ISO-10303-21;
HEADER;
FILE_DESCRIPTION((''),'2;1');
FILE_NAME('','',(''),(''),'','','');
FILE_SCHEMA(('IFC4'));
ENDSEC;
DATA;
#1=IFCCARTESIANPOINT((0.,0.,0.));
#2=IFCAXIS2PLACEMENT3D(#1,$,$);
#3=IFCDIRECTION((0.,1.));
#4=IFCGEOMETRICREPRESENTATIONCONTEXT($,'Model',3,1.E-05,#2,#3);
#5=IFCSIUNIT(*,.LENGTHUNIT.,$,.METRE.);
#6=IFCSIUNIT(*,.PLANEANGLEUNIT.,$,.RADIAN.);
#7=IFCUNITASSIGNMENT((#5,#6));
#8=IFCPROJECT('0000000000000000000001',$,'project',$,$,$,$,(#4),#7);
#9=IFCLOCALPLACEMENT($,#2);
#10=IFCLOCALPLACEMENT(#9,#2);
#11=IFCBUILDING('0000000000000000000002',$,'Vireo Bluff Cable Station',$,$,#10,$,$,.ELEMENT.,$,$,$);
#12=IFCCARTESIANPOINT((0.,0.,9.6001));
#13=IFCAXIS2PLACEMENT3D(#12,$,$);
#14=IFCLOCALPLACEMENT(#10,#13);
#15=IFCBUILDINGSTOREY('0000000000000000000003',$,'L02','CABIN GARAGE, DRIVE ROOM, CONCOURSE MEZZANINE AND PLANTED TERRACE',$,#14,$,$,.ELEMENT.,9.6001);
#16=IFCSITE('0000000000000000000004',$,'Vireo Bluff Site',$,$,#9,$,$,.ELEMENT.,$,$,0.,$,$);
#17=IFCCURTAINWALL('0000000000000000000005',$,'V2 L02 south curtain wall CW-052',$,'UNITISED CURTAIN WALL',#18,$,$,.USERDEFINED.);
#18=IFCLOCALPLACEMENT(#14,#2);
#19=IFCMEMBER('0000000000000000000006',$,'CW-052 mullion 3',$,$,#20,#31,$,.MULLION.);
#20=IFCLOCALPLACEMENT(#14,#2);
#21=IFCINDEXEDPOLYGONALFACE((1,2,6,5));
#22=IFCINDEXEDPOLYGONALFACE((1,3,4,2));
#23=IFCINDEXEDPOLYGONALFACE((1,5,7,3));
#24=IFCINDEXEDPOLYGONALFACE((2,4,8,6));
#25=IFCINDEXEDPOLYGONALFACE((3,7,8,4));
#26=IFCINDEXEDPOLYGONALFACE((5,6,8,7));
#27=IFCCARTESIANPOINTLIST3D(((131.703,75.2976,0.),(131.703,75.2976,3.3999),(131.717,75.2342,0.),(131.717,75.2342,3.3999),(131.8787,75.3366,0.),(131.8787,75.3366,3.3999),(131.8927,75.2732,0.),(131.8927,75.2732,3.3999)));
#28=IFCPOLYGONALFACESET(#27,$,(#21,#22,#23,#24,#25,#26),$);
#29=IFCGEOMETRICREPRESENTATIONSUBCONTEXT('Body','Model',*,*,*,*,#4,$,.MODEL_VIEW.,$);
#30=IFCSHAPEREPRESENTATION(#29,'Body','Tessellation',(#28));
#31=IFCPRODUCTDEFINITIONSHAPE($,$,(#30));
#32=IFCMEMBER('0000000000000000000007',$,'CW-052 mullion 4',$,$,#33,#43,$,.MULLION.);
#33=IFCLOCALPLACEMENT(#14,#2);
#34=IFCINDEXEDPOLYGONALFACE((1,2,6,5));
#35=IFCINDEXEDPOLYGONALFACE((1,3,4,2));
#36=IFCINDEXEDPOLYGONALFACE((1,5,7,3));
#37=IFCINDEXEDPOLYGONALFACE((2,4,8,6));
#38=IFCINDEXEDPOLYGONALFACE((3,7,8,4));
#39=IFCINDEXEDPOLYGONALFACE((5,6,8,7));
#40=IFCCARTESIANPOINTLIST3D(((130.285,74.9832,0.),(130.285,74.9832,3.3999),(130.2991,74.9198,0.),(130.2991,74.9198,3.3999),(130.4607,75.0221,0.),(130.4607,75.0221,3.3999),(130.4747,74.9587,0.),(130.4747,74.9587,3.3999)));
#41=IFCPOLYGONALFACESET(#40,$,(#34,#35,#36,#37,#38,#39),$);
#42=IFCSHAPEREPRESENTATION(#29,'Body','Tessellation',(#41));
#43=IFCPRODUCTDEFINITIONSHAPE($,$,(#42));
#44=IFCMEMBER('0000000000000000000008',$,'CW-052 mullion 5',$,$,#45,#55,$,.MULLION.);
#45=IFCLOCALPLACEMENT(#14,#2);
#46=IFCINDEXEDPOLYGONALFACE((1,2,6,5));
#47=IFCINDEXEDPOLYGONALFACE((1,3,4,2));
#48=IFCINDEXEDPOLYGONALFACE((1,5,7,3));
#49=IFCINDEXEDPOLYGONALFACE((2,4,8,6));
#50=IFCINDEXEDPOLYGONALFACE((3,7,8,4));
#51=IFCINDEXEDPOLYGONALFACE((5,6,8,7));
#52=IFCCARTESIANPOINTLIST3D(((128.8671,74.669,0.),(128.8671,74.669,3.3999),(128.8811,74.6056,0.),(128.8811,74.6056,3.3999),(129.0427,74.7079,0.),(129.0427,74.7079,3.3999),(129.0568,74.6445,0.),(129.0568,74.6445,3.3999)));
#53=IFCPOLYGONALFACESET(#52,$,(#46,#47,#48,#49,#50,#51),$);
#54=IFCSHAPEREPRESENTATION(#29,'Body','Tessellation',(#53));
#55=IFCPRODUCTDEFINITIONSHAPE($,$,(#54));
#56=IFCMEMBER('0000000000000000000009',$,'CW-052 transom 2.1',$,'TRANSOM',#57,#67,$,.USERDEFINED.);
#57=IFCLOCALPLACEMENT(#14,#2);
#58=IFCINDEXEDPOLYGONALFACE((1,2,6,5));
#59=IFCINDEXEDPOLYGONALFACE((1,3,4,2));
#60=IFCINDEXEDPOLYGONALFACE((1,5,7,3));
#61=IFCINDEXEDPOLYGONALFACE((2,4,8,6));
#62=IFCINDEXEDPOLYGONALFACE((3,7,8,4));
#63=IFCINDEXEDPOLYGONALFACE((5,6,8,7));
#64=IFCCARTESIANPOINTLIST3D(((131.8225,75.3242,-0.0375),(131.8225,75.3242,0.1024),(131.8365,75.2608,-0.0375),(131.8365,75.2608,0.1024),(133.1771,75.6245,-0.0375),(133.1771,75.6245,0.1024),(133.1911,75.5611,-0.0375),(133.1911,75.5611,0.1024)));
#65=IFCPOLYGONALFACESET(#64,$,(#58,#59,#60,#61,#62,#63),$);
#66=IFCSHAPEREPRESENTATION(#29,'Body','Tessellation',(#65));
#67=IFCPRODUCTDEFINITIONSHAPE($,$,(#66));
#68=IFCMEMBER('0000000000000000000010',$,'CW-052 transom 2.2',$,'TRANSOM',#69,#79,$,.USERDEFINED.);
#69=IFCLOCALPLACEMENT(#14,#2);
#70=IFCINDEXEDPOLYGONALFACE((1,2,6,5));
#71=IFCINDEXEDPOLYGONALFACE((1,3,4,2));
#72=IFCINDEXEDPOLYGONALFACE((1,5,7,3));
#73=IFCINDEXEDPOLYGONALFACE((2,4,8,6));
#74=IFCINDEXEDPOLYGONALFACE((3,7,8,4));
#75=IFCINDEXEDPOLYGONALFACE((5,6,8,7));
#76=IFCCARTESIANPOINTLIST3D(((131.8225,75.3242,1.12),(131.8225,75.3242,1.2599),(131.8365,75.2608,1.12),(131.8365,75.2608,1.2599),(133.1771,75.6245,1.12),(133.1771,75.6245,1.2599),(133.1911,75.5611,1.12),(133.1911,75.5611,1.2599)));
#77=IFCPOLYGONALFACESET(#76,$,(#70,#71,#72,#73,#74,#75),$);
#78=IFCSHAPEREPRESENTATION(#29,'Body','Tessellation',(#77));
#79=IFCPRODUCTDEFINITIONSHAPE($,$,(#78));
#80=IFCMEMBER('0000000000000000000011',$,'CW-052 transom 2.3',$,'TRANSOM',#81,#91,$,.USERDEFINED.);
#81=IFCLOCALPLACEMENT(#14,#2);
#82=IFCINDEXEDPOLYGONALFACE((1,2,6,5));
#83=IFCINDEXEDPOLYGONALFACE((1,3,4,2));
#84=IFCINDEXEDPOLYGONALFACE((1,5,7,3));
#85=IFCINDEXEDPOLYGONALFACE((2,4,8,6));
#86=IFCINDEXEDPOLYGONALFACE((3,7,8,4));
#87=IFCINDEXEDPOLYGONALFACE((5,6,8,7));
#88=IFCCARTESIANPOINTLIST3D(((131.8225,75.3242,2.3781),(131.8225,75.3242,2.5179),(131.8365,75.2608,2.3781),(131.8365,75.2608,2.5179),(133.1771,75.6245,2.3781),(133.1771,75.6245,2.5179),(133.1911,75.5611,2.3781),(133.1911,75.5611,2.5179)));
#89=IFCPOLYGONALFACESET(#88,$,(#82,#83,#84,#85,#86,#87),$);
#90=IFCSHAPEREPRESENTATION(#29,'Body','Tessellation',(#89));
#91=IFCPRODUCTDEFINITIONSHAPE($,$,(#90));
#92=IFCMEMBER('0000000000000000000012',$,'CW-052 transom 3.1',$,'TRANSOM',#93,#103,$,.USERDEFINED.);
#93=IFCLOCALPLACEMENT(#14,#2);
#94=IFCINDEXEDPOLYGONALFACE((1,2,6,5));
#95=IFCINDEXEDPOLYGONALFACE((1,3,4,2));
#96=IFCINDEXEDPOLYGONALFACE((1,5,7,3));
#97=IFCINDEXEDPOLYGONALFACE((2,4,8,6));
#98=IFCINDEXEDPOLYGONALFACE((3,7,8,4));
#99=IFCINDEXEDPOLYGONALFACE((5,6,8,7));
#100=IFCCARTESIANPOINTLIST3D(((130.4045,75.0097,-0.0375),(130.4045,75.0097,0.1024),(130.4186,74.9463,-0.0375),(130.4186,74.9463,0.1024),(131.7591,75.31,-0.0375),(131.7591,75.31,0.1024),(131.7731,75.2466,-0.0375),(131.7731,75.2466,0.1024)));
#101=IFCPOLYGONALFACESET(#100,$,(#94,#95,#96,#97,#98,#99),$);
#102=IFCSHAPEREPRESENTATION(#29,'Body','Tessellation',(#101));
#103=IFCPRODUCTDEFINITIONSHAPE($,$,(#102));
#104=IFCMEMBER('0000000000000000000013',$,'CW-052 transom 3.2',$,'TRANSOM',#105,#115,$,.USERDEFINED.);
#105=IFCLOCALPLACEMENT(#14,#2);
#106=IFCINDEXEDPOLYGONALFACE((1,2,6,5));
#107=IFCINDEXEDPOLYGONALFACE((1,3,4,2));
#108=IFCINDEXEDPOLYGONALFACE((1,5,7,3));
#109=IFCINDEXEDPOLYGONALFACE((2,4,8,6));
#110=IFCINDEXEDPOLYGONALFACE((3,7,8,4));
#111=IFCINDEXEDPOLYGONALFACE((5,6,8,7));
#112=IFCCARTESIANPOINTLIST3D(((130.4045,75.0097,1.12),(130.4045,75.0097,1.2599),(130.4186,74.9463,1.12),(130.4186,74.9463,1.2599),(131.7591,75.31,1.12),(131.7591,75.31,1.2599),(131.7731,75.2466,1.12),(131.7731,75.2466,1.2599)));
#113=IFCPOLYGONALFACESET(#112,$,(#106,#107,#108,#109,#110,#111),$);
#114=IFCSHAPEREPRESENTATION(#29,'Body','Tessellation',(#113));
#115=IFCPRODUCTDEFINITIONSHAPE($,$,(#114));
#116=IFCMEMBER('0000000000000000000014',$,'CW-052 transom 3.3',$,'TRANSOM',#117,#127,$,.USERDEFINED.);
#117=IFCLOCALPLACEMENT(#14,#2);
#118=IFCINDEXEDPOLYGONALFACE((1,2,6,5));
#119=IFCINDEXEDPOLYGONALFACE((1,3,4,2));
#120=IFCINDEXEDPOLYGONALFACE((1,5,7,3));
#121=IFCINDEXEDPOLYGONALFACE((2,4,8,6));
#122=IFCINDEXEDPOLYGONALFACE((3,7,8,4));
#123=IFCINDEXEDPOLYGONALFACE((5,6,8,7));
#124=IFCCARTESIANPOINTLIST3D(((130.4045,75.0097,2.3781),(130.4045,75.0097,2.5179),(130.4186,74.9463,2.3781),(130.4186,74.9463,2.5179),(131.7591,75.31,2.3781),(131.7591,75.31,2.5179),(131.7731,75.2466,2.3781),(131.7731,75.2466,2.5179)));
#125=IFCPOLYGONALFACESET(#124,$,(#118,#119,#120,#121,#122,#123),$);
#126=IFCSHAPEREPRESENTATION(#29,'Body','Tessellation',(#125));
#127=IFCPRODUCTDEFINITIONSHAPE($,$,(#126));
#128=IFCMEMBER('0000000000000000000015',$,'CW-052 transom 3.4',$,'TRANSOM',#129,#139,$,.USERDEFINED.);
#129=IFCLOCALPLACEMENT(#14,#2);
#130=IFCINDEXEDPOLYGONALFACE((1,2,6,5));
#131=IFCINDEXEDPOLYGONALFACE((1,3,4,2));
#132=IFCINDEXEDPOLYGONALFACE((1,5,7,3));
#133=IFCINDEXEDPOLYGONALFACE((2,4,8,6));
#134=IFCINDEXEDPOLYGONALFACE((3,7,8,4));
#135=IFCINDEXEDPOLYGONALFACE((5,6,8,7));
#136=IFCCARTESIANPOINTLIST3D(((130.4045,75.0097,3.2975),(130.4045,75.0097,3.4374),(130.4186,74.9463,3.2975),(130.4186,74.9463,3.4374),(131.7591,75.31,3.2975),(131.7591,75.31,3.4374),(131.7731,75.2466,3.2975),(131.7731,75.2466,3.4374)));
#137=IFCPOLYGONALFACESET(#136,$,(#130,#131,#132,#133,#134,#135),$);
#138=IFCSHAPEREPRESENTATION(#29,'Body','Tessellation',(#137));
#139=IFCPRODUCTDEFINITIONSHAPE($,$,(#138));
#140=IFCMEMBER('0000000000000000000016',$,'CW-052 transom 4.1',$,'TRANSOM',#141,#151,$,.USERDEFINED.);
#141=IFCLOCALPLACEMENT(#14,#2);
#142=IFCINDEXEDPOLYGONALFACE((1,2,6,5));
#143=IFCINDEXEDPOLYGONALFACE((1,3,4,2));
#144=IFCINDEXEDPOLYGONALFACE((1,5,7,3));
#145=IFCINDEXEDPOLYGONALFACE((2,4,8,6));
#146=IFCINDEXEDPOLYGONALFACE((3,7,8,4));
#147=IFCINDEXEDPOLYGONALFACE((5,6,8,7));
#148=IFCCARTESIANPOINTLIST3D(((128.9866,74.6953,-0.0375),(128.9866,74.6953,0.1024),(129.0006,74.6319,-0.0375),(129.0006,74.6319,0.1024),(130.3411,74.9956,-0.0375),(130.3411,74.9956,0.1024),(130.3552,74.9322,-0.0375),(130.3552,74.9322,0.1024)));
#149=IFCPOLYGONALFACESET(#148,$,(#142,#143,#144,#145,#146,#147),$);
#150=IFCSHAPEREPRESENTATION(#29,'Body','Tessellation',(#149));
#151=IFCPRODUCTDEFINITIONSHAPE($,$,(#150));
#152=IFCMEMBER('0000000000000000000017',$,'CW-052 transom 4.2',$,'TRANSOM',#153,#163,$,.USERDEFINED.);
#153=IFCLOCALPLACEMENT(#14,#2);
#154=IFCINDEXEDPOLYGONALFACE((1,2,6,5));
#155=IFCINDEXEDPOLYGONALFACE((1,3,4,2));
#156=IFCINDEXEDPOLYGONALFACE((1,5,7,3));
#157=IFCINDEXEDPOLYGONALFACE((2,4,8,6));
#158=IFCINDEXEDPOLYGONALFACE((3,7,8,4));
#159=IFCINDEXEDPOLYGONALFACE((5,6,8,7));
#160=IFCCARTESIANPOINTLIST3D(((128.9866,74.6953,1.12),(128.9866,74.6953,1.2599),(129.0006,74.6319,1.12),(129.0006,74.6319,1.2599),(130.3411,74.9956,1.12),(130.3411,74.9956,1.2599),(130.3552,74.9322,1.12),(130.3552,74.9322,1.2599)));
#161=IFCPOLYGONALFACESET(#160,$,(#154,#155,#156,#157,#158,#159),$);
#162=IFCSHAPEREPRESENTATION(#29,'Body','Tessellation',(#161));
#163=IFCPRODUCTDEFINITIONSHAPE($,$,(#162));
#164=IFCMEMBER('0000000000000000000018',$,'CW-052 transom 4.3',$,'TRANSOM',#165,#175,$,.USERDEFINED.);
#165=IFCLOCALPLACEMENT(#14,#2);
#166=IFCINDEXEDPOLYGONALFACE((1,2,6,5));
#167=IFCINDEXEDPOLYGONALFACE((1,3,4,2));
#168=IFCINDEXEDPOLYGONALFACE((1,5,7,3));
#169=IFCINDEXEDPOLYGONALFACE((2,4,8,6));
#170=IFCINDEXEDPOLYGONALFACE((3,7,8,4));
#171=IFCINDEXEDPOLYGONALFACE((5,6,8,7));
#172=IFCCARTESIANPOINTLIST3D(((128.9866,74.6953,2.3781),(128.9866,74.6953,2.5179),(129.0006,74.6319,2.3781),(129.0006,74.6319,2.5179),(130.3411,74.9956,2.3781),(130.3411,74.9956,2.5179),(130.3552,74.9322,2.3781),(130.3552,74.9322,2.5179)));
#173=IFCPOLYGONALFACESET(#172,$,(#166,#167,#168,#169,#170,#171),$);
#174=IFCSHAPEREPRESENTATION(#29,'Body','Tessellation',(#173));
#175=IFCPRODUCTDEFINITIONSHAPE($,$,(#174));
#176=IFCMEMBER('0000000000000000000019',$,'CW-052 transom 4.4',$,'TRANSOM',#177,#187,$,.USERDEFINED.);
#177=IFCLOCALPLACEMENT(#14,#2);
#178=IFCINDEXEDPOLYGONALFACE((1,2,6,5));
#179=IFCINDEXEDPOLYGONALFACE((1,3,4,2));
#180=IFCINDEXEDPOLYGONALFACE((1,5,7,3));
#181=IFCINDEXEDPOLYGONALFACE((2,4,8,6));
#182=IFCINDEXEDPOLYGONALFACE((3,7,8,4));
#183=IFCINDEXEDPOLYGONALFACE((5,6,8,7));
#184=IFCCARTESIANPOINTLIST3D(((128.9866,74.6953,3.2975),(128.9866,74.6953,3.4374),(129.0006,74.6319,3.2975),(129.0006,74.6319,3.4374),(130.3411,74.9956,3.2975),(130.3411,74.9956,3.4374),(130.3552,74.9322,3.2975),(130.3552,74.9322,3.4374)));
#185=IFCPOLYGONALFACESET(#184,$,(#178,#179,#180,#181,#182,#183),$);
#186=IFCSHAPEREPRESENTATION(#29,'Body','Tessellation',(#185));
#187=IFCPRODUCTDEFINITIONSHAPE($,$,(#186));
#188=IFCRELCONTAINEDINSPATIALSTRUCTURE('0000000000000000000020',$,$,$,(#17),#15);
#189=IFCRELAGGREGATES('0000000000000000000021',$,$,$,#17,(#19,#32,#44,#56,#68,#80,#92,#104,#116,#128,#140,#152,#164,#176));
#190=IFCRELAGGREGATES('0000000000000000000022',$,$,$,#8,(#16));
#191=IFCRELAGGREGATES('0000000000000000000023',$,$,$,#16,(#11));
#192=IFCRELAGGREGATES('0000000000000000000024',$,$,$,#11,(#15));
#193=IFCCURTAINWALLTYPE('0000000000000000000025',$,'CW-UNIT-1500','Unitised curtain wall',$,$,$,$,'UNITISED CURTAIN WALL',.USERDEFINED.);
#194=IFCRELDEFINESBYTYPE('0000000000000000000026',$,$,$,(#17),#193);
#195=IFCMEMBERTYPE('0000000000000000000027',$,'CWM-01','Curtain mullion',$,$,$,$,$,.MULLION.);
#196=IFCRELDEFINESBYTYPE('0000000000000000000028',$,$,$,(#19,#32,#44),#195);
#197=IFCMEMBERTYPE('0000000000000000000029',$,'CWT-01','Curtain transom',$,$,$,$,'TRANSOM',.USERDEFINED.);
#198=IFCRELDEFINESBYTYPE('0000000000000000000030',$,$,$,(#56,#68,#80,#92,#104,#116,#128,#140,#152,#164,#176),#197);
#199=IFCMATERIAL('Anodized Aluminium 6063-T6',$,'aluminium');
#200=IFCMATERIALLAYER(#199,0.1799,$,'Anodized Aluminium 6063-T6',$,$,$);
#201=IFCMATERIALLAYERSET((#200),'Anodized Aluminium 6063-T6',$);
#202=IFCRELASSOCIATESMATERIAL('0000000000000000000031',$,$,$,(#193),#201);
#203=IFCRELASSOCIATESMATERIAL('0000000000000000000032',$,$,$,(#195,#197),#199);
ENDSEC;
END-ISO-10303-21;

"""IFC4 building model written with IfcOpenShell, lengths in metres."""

from ifc_helpers import new_model, si_unit, direction, frame, origin, origin_2d, place, context, subcontext, project, spatial, rectangle, extrude, material, layer, layer_set, material_profile, profile_set, type_object, element, aggregate, save


model = new_model("IFC4")

# Units and contexts
model_context = context("Model", 3, precision=1e-05, world=origin(), true_north=direction((0.0, 1.0)))
body_context = subcontext(model_context, "Body", "Model", "MODEL_VIEW")
ifc_project = project(units=[si_unit("LENGTHUNIT", "METRE"), si_unit("PLANEANGLEUNIT", "RADIAN")], contexts=[model_context])

# Site, building, storey
site_placement = place(None, origin())
site = spatial("IfcSite", under=ifc_project, at=site_placement, Name="Vireo Bluff Site", CompositionType="ELEMENT", RefElevation=0.0)
building_placement = place(site_placement, origin())
building = spatial("IfcBuilding", under=site, at=building_placement, Name="Vireo Bluff Cable Station", CompositionType="ELEMENT")
storey_placement = place(building_placement, frame((0.0, 0.0, 9.6001)))
storey = spatial("IfcBuildingStorey", under=building, at=storey_placement, Name="L02", Description="CABIN GARAGE, DRIVE ROOM, CONCOURSE MEZZANINE AND PLANTED TERRACE", CompositionType="ELEMENT", Elevation=9.6001)

# Curtain wall, members
ifc_material_1 = material(Name="Anodized Aluminium 6063-T6", Category="aluminium")
ifc_layer_1 = layer(ifc_material_1, 0.1799, Name="Anodized Aluminium 6063-T6")
ifc_layer_set_1 = layer_set([ifc_layer_1], Name="Anodized Aluminium 6063-T6")
curtain_wall_type = type_object("IfcCurtainWallType", Name="CW-UNIT-1500", Description="Unitised curtain wall", ElementType="UNITISED CURTAIN WALL", PredefinedType="USERDEFINED", material=ifc_layer_set_1)
curtain_wall_placement = place(storey_placement, origin())
curtain_wall = element("IfcCurtainWall", 1, at=curtain_wall_placement, inside=storey, type_object=curtain_wall_type, Name="V2 L02 south curtain wall CW-052", ObjectType="UNITISED CURTAIN WALL", PredefinedType="USERDEFINED")
ifc_material_profile_1 = material_profile(ifc_material_1, rectangle(XDim=0.0649, YDim=0.1799, at=origin_2d()), Name="ALU-M-65X180")
ifc_profile_set_1 = profile_set([ifc_material_profile_1], Name="Anodized Aluminium 6063-T6")
member_type_1 = type_object("IfcMemberType", Name="CWM-01", Description="Curtain mullion", PredefinedType="MULLION", material=ifc_profile_set_1)
member_1_placement = place(storey_placement, frame((131.7979, 75.2854, 0.0), z_axis=(0.0, 0.0, 1.0), x_axis=(0.21644, -0.976296, 0.0)))
member_1 = element("IfcMember", 2, at=member_1_placement, type_object=member_type_1, Name="CW-052 mullion 3", PredefinedType="MULLION", context=body_context, shape_type="SweptSolid", body=[
    extrude(rectangle(XDim=0.0649, YDim=0.1799, at=origin_2d()), origin(), (0.0, 0.0, 1.0), 3.3999),
])
member_2_placement = place(storey_placement, frame((130.3799, 74.9709, 0.0), z_axis=(0.0, 0.0, 1.0), x_axis=(0.21644, -0.976296, 0.0)))
member_2 = element("IfcMember", 3, at=member_2_placement, type_object=member_type_1, Name="CW-052 mullion 4", PredefinedType="MULLION", context=body_context, shape_type="SweptSolid", body=[
    extrude(rectangle(XDim=0.0649, YDim=0.1799, at=origin_2d()), origin(), (0.0, 0.0, 1.0), 3.3999),
])
member_3_placement = place(storey_placement, frame((128.9619, 74.6567, 0.0), z_axis=(0.0, 0.0, 1.0), x_axis=(0.21644, -0.976296, 0.0)))
member_3 = element("IfcMember", 4, at=member_3_placement, type_object=member_type_1, Name="CW-052 mullion 5", PredefinedType="MULLION", context=body_context, shape_type="SweptSolid", body=[
    extrude(rectangle(XDim=0.0649, YDim=0.1799, at=origin_2d()), origin(), (0.0, 0.0, 1.0), 3.3999),
])
ifc_material_profile_2 = material_profile(ifc_material_1, rectangle(XDim=0.0649, YDim=0.1399, at=origin_2d()), Name="ALU-T-65X140")
ifc_profile_set_2 = profile_set([ifc_material_profile_2], Name="Anodized Aluminium 6063-T6")
member_type_2 = type_object("IfcMemberType", Name="CWT-01", Description="Curtain transom", ElementType="TRANSOM", PredefinedType="USERDEFINED", material=ifc_profile_set_2)
member_4_placement = place(storey_placement, frame((133.1841, 75.5928, 0.0325), z_axis=(-0.976295, -0.216446, 0.0), x_axis=(0.216446, -0.976295, 0.0)))
member_4 = element("IfcMember", 5, at=member_4_placement, type_object=member_type_2, Name="CW-052 transom 2.1", ObjectType="TRANSOM", PredefinedType="USERDEFINED", context=body_context, shape_type="SweptSolid", body=[
    extrude(rectangle(XDim=0.0649, YDim=0.1399, at=origin_2d()), origin(), (0.0, 0.0, 1.0), 1.3875),
])
member_5_placement = place(storey_placement, frame((133.1841, 75.5928, 1.1899), z_axis=(-0.976295, -0.216446, 0.0), x_axis=(0.216446, -0.976295, 0.0)))
member_5 = element("IfcMember", 6, at=member_5_placement, type_object=member_type_2, Name="CW-052 transom 2.2", ObjectType="TRANSOM", PredefinedType="USERDEFINED", context=body_context, shape_type="SweptSolid", body=[
    extrude(rectangle(XDim=0.0649, YDim=0.1399, at=origin_2d()), origin(), (0.0, 0.0, 1.0), 1.3875),
])
member_6_placement = place(storey_placement, frame((133.1841, 75.5928, 2.448), z_axis=(-0.976295, -0.216446, 0.0), x_axis=(0.216446, -0.976295, 0.0)))
member_6 = element("IfcMember", 7, at=member_6_placement, type_object=member_type_2, Name="CW-052 transom 2.3", ObjectType="TRANSOM", PredefinedType="USERDEFINED", context=body_context, shape_type="SweptSolid", body=[
    extrude(rectangle(XDim=0.0649, YDim=0.1399, at=origin_2d()), origin(), (0.0, 0.0, 1.0), 1.3875),
])
member_7_placement = place(storey_placement, frame((131.7661, 75.2783, 0.0325), z_axis=(-0.976295, -0.216446, 0.0), x_axis=(0.216446, -0.976295, 0.0)))
member_7 = element("IfcMember", 8, at=member_7_placement, type_object=member_type_2, Name="CW-052 transom 3.1", ObjectType="TRANSOM", PredefinedType="USERDEFINED", context=body_context, shape_type="SweptSolid", body=[
    extrude(rectangle(XDim=0.0649, YDim=0.1399, at=origin_2d()), origin(), (0.0, 0.0, 1.0), 1.3875),
])
member_8_placement = place(storey_placement, frame((131.7661, 75.2783, 1.1899), z_axis=(-0.976295, -0.216446, 0.0), x_axis=(0.216446, -0.976295, 0.0)))
member_8 = element("IfcMember", 9, at=member_8_placement, type_object=member_type_2, Name="CW-052 transom 3.2", ObjectType="TRANSOM", PredefinedType="USERDEFINED", context=body_context, shape_type="SweptSolid", body=[
    extrude(rectangle(XDim=0.0649, YDim=0.1399, at=origin_2d()), origin(), (0.0, 0.0, 1.0), 1.3875),
])
member_9_placement = place(storey_placement, frame((131.7661, 75.2783, 2.448), z_axis=(-0.976295, -0.216446, 0.0), x_axis=(0.216446, -0.976295, 0.0)))
member_9 = element("IfcMember", 10, at=member_9_placement, type_object=member_type_2, Name="CW-052 transom 3.3", ObjectType="TRANSOM", PredefinedType="USERDEFINED", context=body_context, shape_type="SweptSolid", body=[
    extrude(rectangle(XDim=0.0649, YDim=0.1399, at=origin_2d()), origin(), (0.0, 0.0, 1.0), 1.3875),
])
member_10_placement = place(storey_placement, frame((131.7661, 75.2783, 3.3674), z_axis=(-0.976295, -0.216446, 0.0), x_axis=(0.216446, -0.976295, 0.0)))
member_10 = element("IfcMember", 11, at=member_10_placement, type_object=member_type_2, Name="CW-052 transom 3.4", ObjectType="TRANSOM", PredefinedType="USERDEFINED", context=body_context, shape_type="SweptSolid", body=[
    extrude(rectangle(XDim=0.0649, YDim=0.1399, at=origin_2d()), origin(), (0.0, 0.0, 1.0), 1.3875),
])
member_11_placement = place(storey_placement, frame((130.3481, 74.9639, 0.0325), z_axis=(-0.976295, -0.216446, 0.0), x_axis=(0.216446, -0.976295, 0.0)))
member_11 = element("IfcMember", 12, at=member_11_placement, type_object=member_type_2, Name="CW-052 transom 4.1", ObjectType="TRANSOM", PredefinedType="USERDEFINED", context=body_context, shape_type="SweptSolid", body=[
    extrude(rectangle(XDim=0.0649, YDim=0.1399, at=origin_2d()), origin(), (0.0, 0.0, 1.0), 1.3875),
])
member_12_placement = place(storey_placement, frame((130.3481, 74.9639, 1.1899), z_axis=(-0.976295, -0.216446, 0.0), x_axis=(0.216446, -0.976295, 0.0)))
member_12 = element("IfcMember", 13, at=member_12_placement, type_object=member_type_2, Name="CW-052 transom 4.2", ObjectType="TRANSOM", PredefinedType="USERDEFINED", context=body_context, shape_type="SweptSolid", body=[
    extrude(rectangle(XDim=0.0649, YDim=0.1399, at=origin_2d()), origin(), (0.0, 0.0, 1.0), 1.3875),
])
member_13_placement = place(storey_placement, frame((130.3481, 74.9639, 2.448), z_axis=(-0.976295, -0.216446, 0.0), x_axis=(0.216446, -0.976295, 0.0)))
member_13 = element("IfcMember", 14, at=member_13_placement, type_object=member_type_2, Name="CW-052 transom 4.3", ObjectType="TRANSOM", PredefinedType="USERDEFINED", context=body_context, shape_type="SweptSolid", body=[
    extrude(rectangle(XDim=0.0649, YDim=0.1399, at=origin_2d()), origin(), (0.0, 0.0, 1.0), 1.3875),
])
member_14_placement = place(storey_placement, frame((130.3481, 74.9639, 3.3674), z_axis=(-0.976295, -0.216446, 0.0), x_axis=(0.216446, -0.976295, 0.0)))
member_14 = element("IfcMember", 15, at=member_14_placement, type_object=member_type_2, Name="CW-052 transom 4.4", ObjectType="TRANSOM", PredefinedType="USERDEFINED", context=body_context, shape_type="SweptSolid", body=[
    extrude(rectangle(XDim=0.0649, YDim=0.1399, at=origin_2d()), origin(), (0.0, 0.0, 1.0), 1.3875),
])
aggregate(curtain_wall, [member_1, member_2, member_3, member_4, member_5, member_6, member_7, member_8, member_9, member_10, member_11, member_12, member_13, member_14])

save(model, "model.ifc")
